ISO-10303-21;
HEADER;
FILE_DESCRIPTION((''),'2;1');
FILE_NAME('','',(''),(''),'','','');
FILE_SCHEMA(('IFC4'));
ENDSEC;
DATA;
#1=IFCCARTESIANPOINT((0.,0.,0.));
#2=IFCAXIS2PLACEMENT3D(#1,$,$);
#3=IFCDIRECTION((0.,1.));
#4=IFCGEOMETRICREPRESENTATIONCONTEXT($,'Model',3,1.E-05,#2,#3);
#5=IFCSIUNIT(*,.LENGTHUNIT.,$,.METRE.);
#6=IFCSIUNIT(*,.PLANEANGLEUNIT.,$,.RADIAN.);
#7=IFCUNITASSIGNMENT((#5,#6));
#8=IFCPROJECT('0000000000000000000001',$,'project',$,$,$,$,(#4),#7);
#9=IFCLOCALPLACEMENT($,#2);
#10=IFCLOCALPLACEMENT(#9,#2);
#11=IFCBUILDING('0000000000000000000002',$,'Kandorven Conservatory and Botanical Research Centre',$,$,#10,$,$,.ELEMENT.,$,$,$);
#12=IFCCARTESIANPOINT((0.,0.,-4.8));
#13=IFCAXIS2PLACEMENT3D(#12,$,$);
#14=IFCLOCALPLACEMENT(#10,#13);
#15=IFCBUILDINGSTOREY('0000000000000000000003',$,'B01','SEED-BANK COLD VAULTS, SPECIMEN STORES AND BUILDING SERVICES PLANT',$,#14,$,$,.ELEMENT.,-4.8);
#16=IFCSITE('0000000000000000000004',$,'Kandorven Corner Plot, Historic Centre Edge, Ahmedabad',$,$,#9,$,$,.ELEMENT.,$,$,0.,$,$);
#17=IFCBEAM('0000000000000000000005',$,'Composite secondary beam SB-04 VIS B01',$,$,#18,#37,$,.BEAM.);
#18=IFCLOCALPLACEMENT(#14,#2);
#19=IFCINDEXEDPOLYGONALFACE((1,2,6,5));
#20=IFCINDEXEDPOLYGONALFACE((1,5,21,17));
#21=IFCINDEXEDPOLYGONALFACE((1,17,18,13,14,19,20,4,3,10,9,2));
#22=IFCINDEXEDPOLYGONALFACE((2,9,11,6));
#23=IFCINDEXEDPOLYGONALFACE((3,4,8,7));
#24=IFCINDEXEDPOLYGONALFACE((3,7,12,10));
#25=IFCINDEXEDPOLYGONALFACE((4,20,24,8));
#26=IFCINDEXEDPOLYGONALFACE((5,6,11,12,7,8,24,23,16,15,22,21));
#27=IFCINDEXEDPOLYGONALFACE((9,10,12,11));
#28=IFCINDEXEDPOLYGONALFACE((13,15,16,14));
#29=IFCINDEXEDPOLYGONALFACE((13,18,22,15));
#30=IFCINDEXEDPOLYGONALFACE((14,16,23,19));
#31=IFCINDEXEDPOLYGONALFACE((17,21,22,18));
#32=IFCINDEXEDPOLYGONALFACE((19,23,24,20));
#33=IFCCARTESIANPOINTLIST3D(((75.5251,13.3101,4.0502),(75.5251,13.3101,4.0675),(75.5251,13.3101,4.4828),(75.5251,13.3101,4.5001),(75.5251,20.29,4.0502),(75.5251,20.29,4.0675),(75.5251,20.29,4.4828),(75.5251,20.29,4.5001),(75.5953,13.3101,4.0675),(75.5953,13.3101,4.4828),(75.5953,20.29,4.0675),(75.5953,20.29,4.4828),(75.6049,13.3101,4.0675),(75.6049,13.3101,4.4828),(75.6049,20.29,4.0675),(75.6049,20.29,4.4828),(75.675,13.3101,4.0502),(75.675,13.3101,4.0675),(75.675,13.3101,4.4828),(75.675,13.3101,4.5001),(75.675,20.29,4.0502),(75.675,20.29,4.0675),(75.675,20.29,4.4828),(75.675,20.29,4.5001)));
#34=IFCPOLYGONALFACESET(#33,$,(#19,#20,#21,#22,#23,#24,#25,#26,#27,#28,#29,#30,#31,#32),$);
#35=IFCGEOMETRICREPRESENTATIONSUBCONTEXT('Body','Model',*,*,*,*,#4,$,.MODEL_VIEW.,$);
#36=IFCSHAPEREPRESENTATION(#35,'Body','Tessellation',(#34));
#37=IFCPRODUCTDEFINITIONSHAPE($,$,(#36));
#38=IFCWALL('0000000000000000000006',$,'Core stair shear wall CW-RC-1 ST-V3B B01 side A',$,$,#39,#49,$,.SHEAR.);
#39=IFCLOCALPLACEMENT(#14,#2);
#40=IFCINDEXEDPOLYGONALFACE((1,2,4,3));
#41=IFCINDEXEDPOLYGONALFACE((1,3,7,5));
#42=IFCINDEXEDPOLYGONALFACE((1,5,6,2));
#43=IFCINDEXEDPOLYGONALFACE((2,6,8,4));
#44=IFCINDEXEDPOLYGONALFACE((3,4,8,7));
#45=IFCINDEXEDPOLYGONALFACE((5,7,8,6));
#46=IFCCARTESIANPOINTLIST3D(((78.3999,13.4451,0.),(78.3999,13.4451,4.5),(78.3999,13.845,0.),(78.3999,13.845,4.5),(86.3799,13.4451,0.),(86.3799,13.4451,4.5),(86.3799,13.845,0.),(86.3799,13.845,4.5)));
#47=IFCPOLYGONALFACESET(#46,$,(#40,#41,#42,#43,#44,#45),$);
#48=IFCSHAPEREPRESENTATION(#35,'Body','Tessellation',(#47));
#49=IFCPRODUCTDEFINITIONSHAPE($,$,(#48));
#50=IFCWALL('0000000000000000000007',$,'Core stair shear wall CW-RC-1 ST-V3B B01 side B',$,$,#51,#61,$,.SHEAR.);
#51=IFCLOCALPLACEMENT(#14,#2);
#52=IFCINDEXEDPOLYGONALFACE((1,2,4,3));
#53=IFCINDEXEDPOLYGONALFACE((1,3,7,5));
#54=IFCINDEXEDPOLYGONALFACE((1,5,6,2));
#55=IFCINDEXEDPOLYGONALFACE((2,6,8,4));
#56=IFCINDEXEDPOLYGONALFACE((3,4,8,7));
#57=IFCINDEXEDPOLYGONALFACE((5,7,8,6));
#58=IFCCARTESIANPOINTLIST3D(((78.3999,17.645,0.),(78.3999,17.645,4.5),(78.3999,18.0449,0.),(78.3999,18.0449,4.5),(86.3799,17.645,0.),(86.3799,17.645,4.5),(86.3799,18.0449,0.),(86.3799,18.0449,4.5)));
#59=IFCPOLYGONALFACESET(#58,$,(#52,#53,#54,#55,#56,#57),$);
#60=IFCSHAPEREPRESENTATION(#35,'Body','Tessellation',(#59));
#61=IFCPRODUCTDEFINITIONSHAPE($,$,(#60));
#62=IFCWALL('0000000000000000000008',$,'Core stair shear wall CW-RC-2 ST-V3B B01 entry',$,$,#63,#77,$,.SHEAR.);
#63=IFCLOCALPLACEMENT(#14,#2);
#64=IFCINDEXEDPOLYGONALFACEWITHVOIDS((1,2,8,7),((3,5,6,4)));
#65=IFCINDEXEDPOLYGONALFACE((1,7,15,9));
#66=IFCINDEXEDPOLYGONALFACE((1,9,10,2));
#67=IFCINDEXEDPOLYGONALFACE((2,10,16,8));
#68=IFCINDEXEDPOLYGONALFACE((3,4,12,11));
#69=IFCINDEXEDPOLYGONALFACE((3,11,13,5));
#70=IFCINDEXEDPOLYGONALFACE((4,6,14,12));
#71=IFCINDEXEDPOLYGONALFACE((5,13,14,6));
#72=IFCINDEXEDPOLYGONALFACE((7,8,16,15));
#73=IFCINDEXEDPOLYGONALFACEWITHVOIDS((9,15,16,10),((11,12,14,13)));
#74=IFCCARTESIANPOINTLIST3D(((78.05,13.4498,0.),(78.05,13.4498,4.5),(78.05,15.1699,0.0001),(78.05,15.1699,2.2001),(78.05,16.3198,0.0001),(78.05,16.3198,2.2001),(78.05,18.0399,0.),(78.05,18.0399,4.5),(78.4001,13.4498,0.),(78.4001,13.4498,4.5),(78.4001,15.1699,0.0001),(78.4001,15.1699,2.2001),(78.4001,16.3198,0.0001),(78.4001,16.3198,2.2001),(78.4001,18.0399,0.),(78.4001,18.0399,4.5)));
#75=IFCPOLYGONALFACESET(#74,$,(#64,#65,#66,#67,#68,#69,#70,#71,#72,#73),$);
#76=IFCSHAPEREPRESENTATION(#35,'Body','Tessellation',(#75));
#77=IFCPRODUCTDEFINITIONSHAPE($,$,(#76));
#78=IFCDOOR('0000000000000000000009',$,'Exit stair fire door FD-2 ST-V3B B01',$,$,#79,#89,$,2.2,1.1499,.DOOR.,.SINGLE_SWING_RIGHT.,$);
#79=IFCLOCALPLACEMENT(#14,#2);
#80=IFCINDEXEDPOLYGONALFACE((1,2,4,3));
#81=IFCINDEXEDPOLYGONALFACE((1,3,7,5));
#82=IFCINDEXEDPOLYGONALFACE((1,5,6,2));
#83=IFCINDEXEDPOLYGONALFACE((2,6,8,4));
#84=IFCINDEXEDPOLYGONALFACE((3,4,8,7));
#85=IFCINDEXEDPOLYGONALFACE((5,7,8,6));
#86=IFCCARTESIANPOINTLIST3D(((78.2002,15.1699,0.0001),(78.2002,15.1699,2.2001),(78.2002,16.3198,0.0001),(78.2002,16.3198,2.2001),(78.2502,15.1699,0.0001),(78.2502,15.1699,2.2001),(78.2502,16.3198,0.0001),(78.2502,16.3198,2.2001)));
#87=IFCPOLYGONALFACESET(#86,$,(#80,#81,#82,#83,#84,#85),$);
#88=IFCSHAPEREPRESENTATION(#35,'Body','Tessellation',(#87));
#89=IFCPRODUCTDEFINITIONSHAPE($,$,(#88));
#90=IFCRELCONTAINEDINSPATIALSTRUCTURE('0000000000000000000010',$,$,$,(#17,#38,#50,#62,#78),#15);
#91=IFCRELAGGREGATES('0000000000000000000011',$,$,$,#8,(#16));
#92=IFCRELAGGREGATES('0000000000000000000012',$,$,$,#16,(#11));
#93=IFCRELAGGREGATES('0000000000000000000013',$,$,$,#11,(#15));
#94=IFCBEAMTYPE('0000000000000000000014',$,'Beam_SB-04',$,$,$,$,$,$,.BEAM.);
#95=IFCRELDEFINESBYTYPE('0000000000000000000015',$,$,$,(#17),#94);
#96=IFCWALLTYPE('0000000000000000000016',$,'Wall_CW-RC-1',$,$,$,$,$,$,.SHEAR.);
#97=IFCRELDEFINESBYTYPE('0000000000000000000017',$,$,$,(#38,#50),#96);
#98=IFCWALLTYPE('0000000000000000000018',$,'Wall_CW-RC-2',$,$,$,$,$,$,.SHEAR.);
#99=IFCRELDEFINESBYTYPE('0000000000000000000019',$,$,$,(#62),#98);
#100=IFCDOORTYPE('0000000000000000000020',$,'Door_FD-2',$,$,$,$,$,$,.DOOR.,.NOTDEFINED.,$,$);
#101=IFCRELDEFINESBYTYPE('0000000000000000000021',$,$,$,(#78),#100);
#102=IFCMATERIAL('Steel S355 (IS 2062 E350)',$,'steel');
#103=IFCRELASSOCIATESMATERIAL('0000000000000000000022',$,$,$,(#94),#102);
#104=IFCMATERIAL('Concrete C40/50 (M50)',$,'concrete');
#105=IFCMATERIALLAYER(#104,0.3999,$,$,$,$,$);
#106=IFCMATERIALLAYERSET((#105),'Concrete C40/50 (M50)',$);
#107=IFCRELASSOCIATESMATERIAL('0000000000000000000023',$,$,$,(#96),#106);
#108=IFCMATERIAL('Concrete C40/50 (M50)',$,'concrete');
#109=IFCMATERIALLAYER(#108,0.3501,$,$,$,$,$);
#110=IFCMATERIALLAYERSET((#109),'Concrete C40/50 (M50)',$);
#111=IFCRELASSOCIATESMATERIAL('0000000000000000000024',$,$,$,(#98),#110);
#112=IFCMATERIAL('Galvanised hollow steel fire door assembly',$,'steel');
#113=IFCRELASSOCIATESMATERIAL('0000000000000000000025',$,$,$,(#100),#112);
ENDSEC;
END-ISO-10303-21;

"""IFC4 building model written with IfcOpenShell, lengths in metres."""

from ifc_helpers import new_model, si_unit, direction, frame, frame_2d, origin, origin_2d, place, context, subcontext, project, spatial, rectangle, i_section, extrude, material, layer, layer_set, material_profile, profile_set, type_object, element, fill, save


model = new_model("IFC4")

# Units and contexts
model_context = context("Model", 3, precision=1e-05, world=origin(), true_north=direction((0.0, 1.0)))
body_context = subcontext(model_context, "Body", "Model", "MODEL_VIEW")
ifc_project = project(units=[si_unit("LENGTHUNIT", "METRE"), si_unit("PLANEANGLEUNIT", "RADIAN")], contexts=[model_context])

# Site, building, storey
site_placement = place(None, origin())
site = spatial("IfcSite", under=ifc_project, at=site_placement, Name="Kandorven Corner Plot, Historic Centre Edge, Ahmedabad", CompositionType="ELEMENT", RefElevation=0.0)
building_placement = place(site_placement, origin())
building = spatial("IfcBuilding", under=site, at=building_placement, Name="Kandorven Conservatory and Botanical Research Centre", CompositionType="ELEMENT")
storey_placement = place(building_placement, frame((0.0, 0.0, -4.8)))
storey = spatial("IfcBuildingStorey", under=building, at=storey_placement, Name="B01", Description="SEED-BANK COLD VAULTS, SPECIMEN STORES AND BUILDING SERVICES PLANT", CompositionType="ELEMENT", Elevation=-4.8)

# Beam
ifc_material_1 = material(Name="Steel S355 (IS 2062 E350)", Category="steel")
ifc_material_profile_1 = material_profile(ifc_material_1, i_section(OverallWidth=0.1499, OverallDepth=0.45, WebThickness=0.0095, FlangeThickness=0.0173, at=origin_2d()))
ifc_profile_set_1 = profile_set([ifc_material_profile_1], Name="Steel S355 (IS 2062 E350)")
beam_type_1 = type_object("IfcBeamType", Name="Beam_SB-04", PredefinedType="BEAM", material=ifc_profile_set_1)
for number, where, z_axis, x_axis, name in (
    (1, (75.6001, 13.3101, 4.2751), (0.0, 1.0, 0.0), (-1.0, 0.0, 0.0), "Composite secondary beam SB-04 VIS B01"),
):
    element("IfcBeam", number, at=place(storey_placement, frame(where, z_axis=z_axis, x_axis=x_axis)), inside=storey, type_object=beam_type_1, Name=name, PredefinedType="BEAM", context=body_context, shape_type="SweptSolid", body=[
        extrude(i_section(OverallWidth=0.1499, OverallDepth=0.45, WebThickness=0.0095, FlangeThickness=0.0173, at=origin_2d()), origin(), (0.0, 0.0, 1.0), 6.98),
    ])

# Walls
ifc_material_2 = material(Name="Concrete C40/50 (M50)", Category="concrete")
ifc_layer_1 = layer(ifc_material_2, 0.3999)
ifc_layer_set_1 = layer_set([ifc_layer_1], Name="Concrete C40/50 (M50)")
wall_type_1 = type_object("IfcWallType", Name="Wall_CW-RC-1", PredefinedType="SHEAR", material=ifc_layer_set_1)
for number, where, z_axis, x_axis, name in (
    (2, (78.3999, 13.645, 0.0), (0.0, 0.0, 1.0), (1.0, 0.0, 0.0), "Core stair shear wall CW-RC-1 ST-V3B B01 side A"),
    (3, (78.3999, 17.845, 0.0), (0.0, 0.0, 1.0), (1.0, 0.0, 0.0), "Core stair shear wall CW-RC-1 ST-V3B B01 side B"),
):
    element("IfcWall", number, at=place(storey_placement, frame(where, z_axis=z_axis, x_axis=x_axis)), inside=storey, type_object=wall_type_1, Name=name, PredefinedType="SHEAR", context=body_context, shape_type="SweptSolid", body=[
        extrude(rectangle(XDim=7.98, YDim=0.3999, at=frame_2d((3.99, 0.0))), origin(), (0.0, 0.0, 1.0), 4.5),
    ])

# Wall, opening, door
ifc_material_3 = material(Name="Concrete C40/50 (M50)", Category="concrete")
ifc_layer_2 = layer(ifc_material_3, 0.3501)
ifc_layer_set_2 = layer_set([ifc_layer_2], Name="Concrete C40/50 (M50)")
wall_type_2 = type_object("IfcWallType", Name="Wall_CW-RC-2", PredefinedType="SHEAR", material=ifc_layer_set_2)
wall_placement = place(storey_placement, frame((78.2251, 13.45, 0.0), z_axis=(0.0, 0.0, 1.0), x_axis=(0.0, 1.0, 0.0)))
wall = element("IfcWall", 4, at=wall_placement, inside=storey, type_object=wall_type_2, Name="Core stair shear wall CW-RC-2 ST-V3B B01 entry", PredefinedType="SHEAR", context=body_context, shape_type="SweptSolid", body=[
    extrude(rectangle(XDim=4.5901, YDim=0.3501, at=frame_2d((2.2949, 0.0))), origin(), (0.0, 0.0, 1.0), 4.5),
])
opening_placement = place(wall_placement, frame((1.72, 0.0, 0.0)))
opening = element("IfcOpeningElement", 5, at=opening_placement, cuts=wall, PredefinedType="OPENING", context=body_context, shape_type="SweptSolid", body=[
    extrude(rectangle(XDim=1.1499, YDim=2.2, at=frame_2d((0.575, 1.1001))), frame((0.0, 0.1851, 0.0), z_axis=(0.0, -1.0, 0.0), x_axis=(1.0, 0.0, 0.0)), (0.0, 0.0, 1.0), 0.3701),
])
ifc_material_4 = material(Name="Galvanised hollow steel fire door assembly", Category="steel")
door_type = type_object("IfcDoorType", Name="Door_FD-2", OperationType="NOTDEFINED", PredefinedType="DOOR", material=ifc_material_4)
door_placement = place(opening_placement, origin())
door = element("IfcDoor", 6, at=door_placement, inside=storey, type_object=door_type, Name="Exit stair fire door FD-2 ST-V3B B01", OperationType="SINGLE_SWING_RIGHT", OverallHeight=2.2, OverallWidth=1.1499, PredefinedType="DOOR", context=body_context, shape_type="SweptSolid", body=[
    extrude(rectangle(XDim=1.1499, YDim=2.2, at=frame_2d((0.575, 1.1001))), frame((0.0, 0.0249, 0.0), z_axis=(0.0, -1.0, 0.0), x_axis=(1.0, 0.0, 0.0)), (0.0, 0.0, 1.0), 0.05),
])
fill(opening, door)

save(model, "model.ifc")
